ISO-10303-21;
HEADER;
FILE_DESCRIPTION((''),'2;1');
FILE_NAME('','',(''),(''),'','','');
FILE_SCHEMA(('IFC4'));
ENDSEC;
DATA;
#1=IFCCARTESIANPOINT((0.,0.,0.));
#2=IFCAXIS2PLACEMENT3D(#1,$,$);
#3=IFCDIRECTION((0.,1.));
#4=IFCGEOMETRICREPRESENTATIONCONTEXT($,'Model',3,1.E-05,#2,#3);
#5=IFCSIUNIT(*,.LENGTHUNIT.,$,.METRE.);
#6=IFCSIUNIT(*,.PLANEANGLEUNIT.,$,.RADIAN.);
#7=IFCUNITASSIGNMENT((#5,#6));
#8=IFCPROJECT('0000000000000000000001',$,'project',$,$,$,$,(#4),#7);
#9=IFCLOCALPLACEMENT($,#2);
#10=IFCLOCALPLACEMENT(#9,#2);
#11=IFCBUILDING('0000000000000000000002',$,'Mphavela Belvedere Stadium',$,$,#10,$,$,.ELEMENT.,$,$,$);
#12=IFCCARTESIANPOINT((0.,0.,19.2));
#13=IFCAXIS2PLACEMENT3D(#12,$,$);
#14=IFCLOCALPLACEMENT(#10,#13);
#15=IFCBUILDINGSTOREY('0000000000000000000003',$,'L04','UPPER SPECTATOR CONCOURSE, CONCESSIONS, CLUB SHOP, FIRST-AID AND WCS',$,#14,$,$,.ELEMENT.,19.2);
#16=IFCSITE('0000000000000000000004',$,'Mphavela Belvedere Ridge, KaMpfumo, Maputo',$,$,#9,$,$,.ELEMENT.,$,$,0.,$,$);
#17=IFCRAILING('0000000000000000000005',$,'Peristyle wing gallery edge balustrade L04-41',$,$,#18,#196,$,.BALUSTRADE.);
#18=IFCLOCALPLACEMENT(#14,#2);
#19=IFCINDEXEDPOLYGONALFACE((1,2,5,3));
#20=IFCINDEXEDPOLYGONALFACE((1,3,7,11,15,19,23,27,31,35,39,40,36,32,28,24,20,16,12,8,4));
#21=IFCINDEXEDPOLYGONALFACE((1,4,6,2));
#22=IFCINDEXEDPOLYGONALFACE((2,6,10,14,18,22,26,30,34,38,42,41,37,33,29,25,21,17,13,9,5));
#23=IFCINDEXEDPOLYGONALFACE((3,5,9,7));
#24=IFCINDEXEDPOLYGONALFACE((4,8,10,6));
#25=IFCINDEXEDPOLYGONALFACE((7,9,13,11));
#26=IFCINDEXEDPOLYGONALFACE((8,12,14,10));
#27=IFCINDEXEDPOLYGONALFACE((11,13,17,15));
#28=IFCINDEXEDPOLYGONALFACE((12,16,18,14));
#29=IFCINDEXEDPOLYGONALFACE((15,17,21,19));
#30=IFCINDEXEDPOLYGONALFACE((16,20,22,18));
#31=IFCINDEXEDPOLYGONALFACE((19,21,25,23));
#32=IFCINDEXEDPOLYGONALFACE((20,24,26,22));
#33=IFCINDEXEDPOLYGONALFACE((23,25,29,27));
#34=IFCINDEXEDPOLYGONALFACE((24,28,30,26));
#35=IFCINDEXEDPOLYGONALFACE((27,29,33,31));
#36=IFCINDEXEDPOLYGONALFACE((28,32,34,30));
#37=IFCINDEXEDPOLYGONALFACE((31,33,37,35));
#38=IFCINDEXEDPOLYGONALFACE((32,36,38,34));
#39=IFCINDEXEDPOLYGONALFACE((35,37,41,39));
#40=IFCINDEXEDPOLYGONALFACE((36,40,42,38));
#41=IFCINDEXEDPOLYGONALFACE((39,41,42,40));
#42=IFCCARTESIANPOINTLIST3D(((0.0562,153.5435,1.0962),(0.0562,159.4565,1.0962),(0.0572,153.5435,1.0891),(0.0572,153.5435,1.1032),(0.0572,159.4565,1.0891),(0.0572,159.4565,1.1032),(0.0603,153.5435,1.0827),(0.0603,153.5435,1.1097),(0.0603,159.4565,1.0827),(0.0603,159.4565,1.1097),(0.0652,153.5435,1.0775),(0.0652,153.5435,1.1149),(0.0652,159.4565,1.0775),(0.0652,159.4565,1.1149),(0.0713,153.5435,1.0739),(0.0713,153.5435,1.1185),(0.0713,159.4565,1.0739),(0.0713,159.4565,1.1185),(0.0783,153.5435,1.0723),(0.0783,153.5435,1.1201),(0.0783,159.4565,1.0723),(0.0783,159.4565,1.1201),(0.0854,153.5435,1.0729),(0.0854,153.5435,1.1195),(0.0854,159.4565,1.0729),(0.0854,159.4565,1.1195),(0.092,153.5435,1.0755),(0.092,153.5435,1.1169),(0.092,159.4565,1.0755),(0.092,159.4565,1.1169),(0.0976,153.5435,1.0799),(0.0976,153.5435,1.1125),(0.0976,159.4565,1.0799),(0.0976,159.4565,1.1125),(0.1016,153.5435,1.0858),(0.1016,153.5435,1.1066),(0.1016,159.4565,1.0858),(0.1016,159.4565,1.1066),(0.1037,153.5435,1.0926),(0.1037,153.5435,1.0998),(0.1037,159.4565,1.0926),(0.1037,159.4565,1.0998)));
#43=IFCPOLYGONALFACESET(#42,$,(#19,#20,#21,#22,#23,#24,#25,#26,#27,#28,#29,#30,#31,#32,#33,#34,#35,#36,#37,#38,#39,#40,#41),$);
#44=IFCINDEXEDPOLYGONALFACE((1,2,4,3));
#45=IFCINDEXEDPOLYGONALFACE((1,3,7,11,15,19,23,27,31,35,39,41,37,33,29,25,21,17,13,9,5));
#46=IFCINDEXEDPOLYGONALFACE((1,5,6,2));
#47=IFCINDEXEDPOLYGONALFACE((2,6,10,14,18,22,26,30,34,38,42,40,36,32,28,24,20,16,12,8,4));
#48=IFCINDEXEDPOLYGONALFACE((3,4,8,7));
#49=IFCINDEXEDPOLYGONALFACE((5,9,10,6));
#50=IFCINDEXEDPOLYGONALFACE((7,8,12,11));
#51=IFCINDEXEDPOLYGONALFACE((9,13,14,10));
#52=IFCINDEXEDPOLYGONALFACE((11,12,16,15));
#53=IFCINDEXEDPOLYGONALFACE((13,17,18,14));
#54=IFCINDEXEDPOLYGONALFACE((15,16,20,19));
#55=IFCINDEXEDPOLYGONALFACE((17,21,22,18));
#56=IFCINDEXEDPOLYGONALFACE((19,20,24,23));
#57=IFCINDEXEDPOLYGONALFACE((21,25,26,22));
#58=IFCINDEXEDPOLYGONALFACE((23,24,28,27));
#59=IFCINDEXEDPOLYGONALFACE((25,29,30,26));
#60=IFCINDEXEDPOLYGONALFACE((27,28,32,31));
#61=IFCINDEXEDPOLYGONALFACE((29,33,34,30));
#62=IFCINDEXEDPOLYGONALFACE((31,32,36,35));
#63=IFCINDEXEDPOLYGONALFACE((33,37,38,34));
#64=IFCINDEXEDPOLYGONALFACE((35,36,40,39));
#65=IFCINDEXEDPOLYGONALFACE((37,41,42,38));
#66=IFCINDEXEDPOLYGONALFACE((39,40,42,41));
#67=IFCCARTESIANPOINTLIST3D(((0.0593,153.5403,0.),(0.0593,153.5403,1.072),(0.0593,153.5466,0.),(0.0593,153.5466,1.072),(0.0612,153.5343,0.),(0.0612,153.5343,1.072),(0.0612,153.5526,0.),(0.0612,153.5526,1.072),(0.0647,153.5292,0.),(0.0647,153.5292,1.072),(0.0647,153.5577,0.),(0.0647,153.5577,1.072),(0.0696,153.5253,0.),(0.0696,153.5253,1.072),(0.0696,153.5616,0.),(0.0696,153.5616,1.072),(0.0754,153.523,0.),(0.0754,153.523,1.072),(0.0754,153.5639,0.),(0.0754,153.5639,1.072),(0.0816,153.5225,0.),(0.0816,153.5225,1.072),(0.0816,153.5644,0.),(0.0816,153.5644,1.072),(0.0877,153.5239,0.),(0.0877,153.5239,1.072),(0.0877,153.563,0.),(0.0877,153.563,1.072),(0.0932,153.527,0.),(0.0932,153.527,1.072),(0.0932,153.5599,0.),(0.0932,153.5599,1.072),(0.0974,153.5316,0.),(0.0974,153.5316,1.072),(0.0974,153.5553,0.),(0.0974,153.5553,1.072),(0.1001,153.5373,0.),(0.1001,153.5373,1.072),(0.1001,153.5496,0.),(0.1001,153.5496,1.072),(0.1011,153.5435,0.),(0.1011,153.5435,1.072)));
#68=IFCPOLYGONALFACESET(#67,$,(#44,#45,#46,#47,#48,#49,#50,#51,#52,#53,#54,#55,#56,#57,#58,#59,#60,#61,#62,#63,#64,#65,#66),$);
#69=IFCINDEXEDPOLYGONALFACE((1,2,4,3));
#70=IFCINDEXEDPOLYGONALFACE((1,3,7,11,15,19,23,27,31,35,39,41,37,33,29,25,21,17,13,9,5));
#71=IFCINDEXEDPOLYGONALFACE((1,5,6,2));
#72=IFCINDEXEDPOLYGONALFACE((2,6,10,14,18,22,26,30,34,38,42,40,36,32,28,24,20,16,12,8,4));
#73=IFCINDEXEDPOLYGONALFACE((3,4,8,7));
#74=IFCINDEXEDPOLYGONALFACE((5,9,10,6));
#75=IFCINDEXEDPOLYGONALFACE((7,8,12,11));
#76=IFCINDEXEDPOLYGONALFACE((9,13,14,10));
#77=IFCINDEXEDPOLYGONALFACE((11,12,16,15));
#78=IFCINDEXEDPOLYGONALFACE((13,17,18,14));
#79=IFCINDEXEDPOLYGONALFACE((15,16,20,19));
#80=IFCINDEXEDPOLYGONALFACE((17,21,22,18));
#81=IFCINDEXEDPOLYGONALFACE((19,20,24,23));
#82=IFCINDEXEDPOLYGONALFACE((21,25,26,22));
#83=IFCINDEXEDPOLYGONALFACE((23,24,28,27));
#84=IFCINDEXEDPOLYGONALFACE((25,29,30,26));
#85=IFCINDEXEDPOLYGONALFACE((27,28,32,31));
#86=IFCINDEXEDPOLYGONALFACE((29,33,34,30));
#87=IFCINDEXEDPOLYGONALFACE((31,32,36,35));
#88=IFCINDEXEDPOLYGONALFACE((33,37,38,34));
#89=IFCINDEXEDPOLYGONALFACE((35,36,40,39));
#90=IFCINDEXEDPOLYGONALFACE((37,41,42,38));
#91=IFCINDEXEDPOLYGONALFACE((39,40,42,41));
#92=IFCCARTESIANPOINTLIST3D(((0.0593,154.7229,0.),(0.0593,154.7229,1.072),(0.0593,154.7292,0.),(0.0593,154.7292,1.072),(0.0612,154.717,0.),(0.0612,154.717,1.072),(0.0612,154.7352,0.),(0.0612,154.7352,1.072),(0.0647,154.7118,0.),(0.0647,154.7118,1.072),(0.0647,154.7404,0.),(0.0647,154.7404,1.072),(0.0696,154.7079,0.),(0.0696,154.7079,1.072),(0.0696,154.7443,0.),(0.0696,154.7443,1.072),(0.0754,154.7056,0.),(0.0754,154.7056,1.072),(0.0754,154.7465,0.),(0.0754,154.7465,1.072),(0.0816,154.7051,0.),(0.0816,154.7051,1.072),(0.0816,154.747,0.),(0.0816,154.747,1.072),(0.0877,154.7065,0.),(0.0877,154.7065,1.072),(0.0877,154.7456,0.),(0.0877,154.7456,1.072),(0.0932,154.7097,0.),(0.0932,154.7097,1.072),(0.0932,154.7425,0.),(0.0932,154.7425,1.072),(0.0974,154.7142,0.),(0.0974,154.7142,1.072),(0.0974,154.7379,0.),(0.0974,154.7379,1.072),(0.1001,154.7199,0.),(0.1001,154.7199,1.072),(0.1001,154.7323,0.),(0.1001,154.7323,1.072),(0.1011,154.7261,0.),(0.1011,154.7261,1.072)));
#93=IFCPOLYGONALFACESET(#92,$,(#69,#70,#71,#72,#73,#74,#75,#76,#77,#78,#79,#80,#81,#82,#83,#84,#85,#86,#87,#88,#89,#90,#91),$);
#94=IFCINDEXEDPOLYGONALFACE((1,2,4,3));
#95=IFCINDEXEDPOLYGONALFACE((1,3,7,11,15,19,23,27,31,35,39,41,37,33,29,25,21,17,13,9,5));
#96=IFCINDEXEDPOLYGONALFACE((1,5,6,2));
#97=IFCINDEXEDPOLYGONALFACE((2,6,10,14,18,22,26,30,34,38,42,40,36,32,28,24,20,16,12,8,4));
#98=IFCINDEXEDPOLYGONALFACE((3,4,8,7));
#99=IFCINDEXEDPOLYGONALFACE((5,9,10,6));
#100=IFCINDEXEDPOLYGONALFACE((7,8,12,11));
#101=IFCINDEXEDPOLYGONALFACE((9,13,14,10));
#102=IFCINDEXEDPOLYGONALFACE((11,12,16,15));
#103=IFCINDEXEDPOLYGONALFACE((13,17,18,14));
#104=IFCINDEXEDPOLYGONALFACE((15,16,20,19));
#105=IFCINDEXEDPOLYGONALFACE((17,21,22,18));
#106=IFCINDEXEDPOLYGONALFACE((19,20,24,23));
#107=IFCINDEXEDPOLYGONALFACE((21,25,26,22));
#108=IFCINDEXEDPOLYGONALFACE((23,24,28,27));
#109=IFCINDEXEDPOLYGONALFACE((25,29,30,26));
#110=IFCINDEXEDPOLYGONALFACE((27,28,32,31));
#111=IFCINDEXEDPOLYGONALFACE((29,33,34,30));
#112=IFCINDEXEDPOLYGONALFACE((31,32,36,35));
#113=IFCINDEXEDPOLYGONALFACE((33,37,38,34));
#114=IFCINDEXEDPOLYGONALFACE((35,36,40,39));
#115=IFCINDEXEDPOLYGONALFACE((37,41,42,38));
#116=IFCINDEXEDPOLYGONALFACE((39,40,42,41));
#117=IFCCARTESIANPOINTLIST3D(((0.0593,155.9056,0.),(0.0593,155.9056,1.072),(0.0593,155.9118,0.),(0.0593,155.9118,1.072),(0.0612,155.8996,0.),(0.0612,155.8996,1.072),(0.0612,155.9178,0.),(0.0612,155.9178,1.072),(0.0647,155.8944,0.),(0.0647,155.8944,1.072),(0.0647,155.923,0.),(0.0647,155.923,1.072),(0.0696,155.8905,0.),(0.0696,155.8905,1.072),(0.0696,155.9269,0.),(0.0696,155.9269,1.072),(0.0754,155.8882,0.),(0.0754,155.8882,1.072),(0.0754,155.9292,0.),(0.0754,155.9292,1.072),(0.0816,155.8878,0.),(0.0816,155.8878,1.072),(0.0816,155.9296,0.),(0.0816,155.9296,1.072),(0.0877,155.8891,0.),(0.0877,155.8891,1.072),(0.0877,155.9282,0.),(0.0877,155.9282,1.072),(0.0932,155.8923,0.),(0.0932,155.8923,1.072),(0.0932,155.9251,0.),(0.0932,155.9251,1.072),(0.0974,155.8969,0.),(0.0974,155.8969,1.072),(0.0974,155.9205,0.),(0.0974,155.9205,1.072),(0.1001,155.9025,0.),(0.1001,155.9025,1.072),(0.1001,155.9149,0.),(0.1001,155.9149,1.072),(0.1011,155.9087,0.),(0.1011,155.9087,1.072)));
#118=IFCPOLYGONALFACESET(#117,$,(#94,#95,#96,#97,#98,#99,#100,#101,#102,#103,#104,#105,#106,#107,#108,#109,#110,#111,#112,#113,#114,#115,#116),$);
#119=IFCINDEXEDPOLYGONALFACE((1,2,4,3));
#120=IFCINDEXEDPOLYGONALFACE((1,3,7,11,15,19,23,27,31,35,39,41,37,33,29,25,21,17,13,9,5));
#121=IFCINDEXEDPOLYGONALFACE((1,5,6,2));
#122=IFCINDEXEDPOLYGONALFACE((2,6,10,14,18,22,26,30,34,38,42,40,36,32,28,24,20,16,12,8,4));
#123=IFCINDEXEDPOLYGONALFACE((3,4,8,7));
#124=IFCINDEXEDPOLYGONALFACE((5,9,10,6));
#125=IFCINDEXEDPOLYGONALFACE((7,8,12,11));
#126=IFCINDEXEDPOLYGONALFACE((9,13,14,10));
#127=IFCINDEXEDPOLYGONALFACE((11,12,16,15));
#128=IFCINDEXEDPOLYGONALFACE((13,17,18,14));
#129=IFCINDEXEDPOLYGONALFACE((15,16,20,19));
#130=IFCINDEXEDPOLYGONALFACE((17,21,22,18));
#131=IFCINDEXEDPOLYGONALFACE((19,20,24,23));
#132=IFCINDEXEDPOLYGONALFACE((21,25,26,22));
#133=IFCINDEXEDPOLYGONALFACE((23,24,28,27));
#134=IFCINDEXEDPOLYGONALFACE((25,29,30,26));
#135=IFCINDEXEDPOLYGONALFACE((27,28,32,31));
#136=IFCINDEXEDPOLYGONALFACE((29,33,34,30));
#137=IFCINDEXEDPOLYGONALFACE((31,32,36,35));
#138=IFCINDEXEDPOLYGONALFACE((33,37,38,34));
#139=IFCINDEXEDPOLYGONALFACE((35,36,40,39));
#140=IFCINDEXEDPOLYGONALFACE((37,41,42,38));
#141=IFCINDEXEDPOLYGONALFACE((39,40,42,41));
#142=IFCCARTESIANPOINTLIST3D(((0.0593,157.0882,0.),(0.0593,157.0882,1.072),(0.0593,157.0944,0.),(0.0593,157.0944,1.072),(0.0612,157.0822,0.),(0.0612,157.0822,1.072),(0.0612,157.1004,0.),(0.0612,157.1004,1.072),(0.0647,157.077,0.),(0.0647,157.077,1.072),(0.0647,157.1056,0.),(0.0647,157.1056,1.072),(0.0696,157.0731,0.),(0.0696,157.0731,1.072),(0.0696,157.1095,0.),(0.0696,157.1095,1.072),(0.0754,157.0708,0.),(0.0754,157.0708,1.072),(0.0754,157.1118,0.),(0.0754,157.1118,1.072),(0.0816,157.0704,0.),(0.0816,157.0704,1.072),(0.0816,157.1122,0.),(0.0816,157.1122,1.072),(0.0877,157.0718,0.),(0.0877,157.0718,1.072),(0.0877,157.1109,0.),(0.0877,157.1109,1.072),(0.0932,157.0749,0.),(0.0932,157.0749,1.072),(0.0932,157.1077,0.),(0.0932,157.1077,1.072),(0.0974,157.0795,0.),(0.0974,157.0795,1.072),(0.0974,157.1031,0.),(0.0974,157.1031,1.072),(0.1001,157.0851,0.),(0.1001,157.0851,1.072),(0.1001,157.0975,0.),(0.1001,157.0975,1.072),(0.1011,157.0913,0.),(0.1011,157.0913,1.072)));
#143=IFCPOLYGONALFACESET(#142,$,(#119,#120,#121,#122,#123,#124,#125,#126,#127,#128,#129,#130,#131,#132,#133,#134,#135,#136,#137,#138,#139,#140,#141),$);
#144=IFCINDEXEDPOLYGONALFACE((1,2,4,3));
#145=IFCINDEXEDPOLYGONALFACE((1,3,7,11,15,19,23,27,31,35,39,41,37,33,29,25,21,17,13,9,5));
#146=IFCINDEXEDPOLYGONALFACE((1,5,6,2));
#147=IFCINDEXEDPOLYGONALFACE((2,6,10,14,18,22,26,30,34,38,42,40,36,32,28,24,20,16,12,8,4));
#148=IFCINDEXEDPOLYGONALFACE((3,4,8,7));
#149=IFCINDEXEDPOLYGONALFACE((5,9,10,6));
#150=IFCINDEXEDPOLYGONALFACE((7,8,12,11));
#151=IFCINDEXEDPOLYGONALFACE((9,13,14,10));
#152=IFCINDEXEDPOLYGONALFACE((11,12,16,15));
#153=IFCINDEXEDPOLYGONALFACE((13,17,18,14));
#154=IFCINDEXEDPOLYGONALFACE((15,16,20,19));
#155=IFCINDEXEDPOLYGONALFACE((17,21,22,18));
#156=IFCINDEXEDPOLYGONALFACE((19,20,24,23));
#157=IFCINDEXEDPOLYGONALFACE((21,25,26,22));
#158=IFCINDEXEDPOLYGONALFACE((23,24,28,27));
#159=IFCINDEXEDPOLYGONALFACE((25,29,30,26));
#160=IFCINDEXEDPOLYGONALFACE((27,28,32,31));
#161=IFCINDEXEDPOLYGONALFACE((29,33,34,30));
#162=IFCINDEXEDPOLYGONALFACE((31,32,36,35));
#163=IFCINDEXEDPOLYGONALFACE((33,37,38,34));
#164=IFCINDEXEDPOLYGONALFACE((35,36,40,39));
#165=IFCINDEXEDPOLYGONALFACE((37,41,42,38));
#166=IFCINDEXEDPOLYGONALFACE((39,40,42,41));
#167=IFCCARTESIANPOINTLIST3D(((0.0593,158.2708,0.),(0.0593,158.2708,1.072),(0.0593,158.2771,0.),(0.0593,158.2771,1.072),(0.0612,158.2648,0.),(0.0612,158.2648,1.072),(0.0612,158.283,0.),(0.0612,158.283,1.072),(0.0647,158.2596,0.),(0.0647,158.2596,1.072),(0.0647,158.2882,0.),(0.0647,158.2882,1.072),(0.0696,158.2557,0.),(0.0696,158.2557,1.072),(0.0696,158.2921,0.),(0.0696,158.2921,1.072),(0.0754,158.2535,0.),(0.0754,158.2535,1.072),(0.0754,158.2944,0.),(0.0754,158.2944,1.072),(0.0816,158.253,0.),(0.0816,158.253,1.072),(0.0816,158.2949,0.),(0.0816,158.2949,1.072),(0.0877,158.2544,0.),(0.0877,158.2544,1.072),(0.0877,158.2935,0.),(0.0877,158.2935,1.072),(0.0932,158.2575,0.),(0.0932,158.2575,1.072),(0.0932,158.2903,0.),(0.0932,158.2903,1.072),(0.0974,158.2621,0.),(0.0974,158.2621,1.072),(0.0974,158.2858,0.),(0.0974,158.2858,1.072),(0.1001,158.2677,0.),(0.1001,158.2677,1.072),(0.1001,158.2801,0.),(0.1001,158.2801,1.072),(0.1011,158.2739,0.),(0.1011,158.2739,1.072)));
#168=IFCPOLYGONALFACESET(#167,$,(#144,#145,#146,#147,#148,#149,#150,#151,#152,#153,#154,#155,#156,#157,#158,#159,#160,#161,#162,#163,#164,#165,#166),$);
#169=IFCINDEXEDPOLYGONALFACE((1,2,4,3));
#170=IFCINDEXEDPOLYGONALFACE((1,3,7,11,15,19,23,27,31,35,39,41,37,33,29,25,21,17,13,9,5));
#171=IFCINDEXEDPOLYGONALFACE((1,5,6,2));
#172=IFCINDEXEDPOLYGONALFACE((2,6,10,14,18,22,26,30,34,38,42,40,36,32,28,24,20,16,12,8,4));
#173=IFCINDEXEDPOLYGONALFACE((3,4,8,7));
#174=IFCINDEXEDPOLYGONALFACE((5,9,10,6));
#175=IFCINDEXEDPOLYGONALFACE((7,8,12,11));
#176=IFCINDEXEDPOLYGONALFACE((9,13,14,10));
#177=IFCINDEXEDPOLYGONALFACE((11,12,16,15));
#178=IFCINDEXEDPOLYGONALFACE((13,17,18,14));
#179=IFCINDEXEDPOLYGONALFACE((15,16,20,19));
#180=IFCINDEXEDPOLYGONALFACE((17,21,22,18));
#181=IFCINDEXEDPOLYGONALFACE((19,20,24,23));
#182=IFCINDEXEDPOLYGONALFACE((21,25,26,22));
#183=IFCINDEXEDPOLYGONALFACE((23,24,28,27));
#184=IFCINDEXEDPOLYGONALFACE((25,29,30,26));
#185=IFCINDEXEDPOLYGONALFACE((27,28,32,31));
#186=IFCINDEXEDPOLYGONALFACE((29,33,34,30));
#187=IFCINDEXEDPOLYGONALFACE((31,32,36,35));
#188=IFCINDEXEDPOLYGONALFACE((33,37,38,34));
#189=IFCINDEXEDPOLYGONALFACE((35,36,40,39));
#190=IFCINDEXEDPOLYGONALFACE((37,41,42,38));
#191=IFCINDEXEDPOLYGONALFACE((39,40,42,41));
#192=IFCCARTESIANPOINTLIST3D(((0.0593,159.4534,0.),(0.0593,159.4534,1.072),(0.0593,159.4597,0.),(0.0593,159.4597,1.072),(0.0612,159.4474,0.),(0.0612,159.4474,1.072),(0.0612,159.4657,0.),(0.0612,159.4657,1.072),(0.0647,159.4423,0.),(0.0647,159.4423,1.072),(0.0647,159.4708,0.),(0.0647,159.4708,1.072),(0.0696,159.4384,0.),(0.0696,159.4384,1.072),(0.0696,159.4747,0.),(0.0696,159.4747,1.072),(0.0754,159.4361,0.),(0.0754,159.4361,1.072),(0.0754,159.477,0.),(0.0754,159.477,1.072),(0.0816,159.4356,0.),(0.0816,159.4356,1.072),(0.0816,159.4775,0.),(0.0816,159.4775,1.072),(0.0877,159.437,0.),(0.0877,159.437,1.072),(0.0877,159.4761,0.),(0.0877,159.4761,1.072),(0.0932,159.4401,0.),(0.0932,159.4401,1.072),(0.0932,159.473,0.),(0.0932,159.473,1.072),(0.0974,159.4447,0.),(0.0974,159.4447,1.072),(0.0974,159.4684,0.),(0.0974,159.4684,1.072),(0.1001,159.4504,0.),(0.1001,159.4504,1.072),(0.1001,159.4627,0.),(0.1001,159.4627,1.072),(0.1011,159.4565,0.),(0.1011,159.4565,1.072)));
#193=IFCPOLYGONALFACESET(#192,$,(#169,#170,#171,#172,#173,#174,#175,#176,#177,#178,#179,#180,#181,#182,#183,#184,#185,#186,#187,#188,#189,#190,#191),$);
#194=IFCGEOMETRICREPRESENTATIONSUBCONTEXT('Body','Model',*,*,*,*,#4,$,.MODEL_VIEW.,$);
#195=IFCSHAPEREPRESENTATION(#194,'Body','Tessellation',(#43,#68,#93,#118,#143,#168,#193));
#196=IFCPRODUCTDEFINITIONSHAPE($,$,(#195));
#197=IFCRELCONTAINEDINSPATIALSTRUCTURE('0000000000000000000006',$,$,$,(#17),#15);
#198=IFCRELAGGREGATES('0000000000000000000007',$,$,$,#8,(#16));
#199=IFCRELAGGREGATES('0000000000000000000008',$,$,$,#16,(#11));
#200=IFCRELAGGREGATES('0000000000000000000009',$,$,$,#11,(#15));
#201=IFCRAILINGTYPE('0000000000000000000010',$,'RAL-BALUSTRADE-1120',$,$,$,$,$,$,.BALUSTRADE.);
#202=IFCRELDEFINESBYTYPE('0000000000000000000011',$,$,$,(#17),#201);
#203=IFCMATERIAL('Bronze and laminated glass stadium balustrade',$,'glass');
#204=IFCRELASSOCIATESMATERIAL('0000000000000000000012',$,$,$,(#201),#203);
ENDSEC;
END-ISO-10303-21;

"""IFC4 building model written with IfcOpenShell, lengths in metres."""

from ifc_helpers import new_model, si_unit, direction, frame, origin, origin_2d, place, context, subcontext, project, spatial, circle, extrude, material, type_object, element, save


model = new_model("IFC4")

# Units and contexts
model_context = context("Model", 3, precision=1e-05, world=origin(), true_north=direction((0.0, 1.0)))
body_context = subcontext(model_context, "Body", "Model", "MODEL_VIEW")
ifc_project = project(units=[si_unit("LENGTHUNIT", "METRE"), si_unit("PLANEANGLEUNIT", "RADIAN")], contexts=[model_context])

# Site, building, storey
site_placement = place(None, origin())
site = spatial("IfcSite", under=ifc_project, at=site_placement, Name="Mphavela Belvedere Ridge, KaMpfumo, Maputo", CompositionType="ELEMENT", RefElevation=0.0)
building_placement = place(site_placement, origin())
building = spatial("IfcBuilding", under=site, at=building_placement, Name="Mphavela Belvedere Stadium", CompositionType="ELEMENT")
storey_placement = place(building_placement, frame((0.0, 0.0, 19.2)))
storey = spatial("IfcBuildingStorey", under=building, at=storey_placement, Name="L04", Description="UPPER SPECTATOR CONCOURSE, CONCESSIONS, CLUB SHOP, FIRST-AID AND WCS", CompositionType="ELEMENT", Elevation=19.2)

# Railing
ifc_material_1 = material(Name="Bronze and laminated glass stadium balustrade", Category="glass")
railing_type = type_object("IfcRailingType", Name="RAL-BALUSTRADE-1120", PredefinedType="BALUSTRADE", material=ifc_material_1)
for number, where, name in (
    (1, (0.0801, 153.5435, 0.0), "Peristyle wing gallery edge balustrade L04-41"),
):
    element("IfcRailing", number, at=place(storey_placement, frame(where)), inside=storey, type_object=railing_type, Name=name, PredefinedType="BALUSTRADE", context=body_context, shape_type="SweptSolid", body=[
        extrude(circle(Radius=0.0239, at=origin_2d()), frame((0.0, 0.0, 1.0962), z_axis=(0.0, 1.0, 0.0), x_axis=(-1.0, 0.0, 0.0)), (0.0, 0.0, 1.0), 5.9131),
        extrude(circle(Radius=0.021, at=origin_2d()), origin(), (0.0, 0.0, 1.0), 1.072),
        extrude(circle(Radius=0.021, at=origin_2d()), frame((0.0, 1.1826, 0.0)), (0.0, 0.0, 1.0), 1.072),
        extrude(circle(Radius=0.021, at=origin_2d()), frame((0.0, 2.3652, 0.0)), (0.0, 0.0, 1.0), 1.072),
        extrude(circle(Radius=0.021, at=origin_2d()), frame((0.0, 3.5479, 0.0)), (0.0, 0.0, 1.0), 1.072),
        extrude(circle(Radius=0.021, at=origin_2d()), frame((0.0, 4.7305, 0.0)), (0.0, 0.0, 1.0), 1.072),
        extrude(circle(Radius=0.021, at=origin_2d()), frame((0.0, 5.9131, 0.0)), (0.0, 0.0, 1.0), 1.072),
    ])

save(model, "model.ifc")
